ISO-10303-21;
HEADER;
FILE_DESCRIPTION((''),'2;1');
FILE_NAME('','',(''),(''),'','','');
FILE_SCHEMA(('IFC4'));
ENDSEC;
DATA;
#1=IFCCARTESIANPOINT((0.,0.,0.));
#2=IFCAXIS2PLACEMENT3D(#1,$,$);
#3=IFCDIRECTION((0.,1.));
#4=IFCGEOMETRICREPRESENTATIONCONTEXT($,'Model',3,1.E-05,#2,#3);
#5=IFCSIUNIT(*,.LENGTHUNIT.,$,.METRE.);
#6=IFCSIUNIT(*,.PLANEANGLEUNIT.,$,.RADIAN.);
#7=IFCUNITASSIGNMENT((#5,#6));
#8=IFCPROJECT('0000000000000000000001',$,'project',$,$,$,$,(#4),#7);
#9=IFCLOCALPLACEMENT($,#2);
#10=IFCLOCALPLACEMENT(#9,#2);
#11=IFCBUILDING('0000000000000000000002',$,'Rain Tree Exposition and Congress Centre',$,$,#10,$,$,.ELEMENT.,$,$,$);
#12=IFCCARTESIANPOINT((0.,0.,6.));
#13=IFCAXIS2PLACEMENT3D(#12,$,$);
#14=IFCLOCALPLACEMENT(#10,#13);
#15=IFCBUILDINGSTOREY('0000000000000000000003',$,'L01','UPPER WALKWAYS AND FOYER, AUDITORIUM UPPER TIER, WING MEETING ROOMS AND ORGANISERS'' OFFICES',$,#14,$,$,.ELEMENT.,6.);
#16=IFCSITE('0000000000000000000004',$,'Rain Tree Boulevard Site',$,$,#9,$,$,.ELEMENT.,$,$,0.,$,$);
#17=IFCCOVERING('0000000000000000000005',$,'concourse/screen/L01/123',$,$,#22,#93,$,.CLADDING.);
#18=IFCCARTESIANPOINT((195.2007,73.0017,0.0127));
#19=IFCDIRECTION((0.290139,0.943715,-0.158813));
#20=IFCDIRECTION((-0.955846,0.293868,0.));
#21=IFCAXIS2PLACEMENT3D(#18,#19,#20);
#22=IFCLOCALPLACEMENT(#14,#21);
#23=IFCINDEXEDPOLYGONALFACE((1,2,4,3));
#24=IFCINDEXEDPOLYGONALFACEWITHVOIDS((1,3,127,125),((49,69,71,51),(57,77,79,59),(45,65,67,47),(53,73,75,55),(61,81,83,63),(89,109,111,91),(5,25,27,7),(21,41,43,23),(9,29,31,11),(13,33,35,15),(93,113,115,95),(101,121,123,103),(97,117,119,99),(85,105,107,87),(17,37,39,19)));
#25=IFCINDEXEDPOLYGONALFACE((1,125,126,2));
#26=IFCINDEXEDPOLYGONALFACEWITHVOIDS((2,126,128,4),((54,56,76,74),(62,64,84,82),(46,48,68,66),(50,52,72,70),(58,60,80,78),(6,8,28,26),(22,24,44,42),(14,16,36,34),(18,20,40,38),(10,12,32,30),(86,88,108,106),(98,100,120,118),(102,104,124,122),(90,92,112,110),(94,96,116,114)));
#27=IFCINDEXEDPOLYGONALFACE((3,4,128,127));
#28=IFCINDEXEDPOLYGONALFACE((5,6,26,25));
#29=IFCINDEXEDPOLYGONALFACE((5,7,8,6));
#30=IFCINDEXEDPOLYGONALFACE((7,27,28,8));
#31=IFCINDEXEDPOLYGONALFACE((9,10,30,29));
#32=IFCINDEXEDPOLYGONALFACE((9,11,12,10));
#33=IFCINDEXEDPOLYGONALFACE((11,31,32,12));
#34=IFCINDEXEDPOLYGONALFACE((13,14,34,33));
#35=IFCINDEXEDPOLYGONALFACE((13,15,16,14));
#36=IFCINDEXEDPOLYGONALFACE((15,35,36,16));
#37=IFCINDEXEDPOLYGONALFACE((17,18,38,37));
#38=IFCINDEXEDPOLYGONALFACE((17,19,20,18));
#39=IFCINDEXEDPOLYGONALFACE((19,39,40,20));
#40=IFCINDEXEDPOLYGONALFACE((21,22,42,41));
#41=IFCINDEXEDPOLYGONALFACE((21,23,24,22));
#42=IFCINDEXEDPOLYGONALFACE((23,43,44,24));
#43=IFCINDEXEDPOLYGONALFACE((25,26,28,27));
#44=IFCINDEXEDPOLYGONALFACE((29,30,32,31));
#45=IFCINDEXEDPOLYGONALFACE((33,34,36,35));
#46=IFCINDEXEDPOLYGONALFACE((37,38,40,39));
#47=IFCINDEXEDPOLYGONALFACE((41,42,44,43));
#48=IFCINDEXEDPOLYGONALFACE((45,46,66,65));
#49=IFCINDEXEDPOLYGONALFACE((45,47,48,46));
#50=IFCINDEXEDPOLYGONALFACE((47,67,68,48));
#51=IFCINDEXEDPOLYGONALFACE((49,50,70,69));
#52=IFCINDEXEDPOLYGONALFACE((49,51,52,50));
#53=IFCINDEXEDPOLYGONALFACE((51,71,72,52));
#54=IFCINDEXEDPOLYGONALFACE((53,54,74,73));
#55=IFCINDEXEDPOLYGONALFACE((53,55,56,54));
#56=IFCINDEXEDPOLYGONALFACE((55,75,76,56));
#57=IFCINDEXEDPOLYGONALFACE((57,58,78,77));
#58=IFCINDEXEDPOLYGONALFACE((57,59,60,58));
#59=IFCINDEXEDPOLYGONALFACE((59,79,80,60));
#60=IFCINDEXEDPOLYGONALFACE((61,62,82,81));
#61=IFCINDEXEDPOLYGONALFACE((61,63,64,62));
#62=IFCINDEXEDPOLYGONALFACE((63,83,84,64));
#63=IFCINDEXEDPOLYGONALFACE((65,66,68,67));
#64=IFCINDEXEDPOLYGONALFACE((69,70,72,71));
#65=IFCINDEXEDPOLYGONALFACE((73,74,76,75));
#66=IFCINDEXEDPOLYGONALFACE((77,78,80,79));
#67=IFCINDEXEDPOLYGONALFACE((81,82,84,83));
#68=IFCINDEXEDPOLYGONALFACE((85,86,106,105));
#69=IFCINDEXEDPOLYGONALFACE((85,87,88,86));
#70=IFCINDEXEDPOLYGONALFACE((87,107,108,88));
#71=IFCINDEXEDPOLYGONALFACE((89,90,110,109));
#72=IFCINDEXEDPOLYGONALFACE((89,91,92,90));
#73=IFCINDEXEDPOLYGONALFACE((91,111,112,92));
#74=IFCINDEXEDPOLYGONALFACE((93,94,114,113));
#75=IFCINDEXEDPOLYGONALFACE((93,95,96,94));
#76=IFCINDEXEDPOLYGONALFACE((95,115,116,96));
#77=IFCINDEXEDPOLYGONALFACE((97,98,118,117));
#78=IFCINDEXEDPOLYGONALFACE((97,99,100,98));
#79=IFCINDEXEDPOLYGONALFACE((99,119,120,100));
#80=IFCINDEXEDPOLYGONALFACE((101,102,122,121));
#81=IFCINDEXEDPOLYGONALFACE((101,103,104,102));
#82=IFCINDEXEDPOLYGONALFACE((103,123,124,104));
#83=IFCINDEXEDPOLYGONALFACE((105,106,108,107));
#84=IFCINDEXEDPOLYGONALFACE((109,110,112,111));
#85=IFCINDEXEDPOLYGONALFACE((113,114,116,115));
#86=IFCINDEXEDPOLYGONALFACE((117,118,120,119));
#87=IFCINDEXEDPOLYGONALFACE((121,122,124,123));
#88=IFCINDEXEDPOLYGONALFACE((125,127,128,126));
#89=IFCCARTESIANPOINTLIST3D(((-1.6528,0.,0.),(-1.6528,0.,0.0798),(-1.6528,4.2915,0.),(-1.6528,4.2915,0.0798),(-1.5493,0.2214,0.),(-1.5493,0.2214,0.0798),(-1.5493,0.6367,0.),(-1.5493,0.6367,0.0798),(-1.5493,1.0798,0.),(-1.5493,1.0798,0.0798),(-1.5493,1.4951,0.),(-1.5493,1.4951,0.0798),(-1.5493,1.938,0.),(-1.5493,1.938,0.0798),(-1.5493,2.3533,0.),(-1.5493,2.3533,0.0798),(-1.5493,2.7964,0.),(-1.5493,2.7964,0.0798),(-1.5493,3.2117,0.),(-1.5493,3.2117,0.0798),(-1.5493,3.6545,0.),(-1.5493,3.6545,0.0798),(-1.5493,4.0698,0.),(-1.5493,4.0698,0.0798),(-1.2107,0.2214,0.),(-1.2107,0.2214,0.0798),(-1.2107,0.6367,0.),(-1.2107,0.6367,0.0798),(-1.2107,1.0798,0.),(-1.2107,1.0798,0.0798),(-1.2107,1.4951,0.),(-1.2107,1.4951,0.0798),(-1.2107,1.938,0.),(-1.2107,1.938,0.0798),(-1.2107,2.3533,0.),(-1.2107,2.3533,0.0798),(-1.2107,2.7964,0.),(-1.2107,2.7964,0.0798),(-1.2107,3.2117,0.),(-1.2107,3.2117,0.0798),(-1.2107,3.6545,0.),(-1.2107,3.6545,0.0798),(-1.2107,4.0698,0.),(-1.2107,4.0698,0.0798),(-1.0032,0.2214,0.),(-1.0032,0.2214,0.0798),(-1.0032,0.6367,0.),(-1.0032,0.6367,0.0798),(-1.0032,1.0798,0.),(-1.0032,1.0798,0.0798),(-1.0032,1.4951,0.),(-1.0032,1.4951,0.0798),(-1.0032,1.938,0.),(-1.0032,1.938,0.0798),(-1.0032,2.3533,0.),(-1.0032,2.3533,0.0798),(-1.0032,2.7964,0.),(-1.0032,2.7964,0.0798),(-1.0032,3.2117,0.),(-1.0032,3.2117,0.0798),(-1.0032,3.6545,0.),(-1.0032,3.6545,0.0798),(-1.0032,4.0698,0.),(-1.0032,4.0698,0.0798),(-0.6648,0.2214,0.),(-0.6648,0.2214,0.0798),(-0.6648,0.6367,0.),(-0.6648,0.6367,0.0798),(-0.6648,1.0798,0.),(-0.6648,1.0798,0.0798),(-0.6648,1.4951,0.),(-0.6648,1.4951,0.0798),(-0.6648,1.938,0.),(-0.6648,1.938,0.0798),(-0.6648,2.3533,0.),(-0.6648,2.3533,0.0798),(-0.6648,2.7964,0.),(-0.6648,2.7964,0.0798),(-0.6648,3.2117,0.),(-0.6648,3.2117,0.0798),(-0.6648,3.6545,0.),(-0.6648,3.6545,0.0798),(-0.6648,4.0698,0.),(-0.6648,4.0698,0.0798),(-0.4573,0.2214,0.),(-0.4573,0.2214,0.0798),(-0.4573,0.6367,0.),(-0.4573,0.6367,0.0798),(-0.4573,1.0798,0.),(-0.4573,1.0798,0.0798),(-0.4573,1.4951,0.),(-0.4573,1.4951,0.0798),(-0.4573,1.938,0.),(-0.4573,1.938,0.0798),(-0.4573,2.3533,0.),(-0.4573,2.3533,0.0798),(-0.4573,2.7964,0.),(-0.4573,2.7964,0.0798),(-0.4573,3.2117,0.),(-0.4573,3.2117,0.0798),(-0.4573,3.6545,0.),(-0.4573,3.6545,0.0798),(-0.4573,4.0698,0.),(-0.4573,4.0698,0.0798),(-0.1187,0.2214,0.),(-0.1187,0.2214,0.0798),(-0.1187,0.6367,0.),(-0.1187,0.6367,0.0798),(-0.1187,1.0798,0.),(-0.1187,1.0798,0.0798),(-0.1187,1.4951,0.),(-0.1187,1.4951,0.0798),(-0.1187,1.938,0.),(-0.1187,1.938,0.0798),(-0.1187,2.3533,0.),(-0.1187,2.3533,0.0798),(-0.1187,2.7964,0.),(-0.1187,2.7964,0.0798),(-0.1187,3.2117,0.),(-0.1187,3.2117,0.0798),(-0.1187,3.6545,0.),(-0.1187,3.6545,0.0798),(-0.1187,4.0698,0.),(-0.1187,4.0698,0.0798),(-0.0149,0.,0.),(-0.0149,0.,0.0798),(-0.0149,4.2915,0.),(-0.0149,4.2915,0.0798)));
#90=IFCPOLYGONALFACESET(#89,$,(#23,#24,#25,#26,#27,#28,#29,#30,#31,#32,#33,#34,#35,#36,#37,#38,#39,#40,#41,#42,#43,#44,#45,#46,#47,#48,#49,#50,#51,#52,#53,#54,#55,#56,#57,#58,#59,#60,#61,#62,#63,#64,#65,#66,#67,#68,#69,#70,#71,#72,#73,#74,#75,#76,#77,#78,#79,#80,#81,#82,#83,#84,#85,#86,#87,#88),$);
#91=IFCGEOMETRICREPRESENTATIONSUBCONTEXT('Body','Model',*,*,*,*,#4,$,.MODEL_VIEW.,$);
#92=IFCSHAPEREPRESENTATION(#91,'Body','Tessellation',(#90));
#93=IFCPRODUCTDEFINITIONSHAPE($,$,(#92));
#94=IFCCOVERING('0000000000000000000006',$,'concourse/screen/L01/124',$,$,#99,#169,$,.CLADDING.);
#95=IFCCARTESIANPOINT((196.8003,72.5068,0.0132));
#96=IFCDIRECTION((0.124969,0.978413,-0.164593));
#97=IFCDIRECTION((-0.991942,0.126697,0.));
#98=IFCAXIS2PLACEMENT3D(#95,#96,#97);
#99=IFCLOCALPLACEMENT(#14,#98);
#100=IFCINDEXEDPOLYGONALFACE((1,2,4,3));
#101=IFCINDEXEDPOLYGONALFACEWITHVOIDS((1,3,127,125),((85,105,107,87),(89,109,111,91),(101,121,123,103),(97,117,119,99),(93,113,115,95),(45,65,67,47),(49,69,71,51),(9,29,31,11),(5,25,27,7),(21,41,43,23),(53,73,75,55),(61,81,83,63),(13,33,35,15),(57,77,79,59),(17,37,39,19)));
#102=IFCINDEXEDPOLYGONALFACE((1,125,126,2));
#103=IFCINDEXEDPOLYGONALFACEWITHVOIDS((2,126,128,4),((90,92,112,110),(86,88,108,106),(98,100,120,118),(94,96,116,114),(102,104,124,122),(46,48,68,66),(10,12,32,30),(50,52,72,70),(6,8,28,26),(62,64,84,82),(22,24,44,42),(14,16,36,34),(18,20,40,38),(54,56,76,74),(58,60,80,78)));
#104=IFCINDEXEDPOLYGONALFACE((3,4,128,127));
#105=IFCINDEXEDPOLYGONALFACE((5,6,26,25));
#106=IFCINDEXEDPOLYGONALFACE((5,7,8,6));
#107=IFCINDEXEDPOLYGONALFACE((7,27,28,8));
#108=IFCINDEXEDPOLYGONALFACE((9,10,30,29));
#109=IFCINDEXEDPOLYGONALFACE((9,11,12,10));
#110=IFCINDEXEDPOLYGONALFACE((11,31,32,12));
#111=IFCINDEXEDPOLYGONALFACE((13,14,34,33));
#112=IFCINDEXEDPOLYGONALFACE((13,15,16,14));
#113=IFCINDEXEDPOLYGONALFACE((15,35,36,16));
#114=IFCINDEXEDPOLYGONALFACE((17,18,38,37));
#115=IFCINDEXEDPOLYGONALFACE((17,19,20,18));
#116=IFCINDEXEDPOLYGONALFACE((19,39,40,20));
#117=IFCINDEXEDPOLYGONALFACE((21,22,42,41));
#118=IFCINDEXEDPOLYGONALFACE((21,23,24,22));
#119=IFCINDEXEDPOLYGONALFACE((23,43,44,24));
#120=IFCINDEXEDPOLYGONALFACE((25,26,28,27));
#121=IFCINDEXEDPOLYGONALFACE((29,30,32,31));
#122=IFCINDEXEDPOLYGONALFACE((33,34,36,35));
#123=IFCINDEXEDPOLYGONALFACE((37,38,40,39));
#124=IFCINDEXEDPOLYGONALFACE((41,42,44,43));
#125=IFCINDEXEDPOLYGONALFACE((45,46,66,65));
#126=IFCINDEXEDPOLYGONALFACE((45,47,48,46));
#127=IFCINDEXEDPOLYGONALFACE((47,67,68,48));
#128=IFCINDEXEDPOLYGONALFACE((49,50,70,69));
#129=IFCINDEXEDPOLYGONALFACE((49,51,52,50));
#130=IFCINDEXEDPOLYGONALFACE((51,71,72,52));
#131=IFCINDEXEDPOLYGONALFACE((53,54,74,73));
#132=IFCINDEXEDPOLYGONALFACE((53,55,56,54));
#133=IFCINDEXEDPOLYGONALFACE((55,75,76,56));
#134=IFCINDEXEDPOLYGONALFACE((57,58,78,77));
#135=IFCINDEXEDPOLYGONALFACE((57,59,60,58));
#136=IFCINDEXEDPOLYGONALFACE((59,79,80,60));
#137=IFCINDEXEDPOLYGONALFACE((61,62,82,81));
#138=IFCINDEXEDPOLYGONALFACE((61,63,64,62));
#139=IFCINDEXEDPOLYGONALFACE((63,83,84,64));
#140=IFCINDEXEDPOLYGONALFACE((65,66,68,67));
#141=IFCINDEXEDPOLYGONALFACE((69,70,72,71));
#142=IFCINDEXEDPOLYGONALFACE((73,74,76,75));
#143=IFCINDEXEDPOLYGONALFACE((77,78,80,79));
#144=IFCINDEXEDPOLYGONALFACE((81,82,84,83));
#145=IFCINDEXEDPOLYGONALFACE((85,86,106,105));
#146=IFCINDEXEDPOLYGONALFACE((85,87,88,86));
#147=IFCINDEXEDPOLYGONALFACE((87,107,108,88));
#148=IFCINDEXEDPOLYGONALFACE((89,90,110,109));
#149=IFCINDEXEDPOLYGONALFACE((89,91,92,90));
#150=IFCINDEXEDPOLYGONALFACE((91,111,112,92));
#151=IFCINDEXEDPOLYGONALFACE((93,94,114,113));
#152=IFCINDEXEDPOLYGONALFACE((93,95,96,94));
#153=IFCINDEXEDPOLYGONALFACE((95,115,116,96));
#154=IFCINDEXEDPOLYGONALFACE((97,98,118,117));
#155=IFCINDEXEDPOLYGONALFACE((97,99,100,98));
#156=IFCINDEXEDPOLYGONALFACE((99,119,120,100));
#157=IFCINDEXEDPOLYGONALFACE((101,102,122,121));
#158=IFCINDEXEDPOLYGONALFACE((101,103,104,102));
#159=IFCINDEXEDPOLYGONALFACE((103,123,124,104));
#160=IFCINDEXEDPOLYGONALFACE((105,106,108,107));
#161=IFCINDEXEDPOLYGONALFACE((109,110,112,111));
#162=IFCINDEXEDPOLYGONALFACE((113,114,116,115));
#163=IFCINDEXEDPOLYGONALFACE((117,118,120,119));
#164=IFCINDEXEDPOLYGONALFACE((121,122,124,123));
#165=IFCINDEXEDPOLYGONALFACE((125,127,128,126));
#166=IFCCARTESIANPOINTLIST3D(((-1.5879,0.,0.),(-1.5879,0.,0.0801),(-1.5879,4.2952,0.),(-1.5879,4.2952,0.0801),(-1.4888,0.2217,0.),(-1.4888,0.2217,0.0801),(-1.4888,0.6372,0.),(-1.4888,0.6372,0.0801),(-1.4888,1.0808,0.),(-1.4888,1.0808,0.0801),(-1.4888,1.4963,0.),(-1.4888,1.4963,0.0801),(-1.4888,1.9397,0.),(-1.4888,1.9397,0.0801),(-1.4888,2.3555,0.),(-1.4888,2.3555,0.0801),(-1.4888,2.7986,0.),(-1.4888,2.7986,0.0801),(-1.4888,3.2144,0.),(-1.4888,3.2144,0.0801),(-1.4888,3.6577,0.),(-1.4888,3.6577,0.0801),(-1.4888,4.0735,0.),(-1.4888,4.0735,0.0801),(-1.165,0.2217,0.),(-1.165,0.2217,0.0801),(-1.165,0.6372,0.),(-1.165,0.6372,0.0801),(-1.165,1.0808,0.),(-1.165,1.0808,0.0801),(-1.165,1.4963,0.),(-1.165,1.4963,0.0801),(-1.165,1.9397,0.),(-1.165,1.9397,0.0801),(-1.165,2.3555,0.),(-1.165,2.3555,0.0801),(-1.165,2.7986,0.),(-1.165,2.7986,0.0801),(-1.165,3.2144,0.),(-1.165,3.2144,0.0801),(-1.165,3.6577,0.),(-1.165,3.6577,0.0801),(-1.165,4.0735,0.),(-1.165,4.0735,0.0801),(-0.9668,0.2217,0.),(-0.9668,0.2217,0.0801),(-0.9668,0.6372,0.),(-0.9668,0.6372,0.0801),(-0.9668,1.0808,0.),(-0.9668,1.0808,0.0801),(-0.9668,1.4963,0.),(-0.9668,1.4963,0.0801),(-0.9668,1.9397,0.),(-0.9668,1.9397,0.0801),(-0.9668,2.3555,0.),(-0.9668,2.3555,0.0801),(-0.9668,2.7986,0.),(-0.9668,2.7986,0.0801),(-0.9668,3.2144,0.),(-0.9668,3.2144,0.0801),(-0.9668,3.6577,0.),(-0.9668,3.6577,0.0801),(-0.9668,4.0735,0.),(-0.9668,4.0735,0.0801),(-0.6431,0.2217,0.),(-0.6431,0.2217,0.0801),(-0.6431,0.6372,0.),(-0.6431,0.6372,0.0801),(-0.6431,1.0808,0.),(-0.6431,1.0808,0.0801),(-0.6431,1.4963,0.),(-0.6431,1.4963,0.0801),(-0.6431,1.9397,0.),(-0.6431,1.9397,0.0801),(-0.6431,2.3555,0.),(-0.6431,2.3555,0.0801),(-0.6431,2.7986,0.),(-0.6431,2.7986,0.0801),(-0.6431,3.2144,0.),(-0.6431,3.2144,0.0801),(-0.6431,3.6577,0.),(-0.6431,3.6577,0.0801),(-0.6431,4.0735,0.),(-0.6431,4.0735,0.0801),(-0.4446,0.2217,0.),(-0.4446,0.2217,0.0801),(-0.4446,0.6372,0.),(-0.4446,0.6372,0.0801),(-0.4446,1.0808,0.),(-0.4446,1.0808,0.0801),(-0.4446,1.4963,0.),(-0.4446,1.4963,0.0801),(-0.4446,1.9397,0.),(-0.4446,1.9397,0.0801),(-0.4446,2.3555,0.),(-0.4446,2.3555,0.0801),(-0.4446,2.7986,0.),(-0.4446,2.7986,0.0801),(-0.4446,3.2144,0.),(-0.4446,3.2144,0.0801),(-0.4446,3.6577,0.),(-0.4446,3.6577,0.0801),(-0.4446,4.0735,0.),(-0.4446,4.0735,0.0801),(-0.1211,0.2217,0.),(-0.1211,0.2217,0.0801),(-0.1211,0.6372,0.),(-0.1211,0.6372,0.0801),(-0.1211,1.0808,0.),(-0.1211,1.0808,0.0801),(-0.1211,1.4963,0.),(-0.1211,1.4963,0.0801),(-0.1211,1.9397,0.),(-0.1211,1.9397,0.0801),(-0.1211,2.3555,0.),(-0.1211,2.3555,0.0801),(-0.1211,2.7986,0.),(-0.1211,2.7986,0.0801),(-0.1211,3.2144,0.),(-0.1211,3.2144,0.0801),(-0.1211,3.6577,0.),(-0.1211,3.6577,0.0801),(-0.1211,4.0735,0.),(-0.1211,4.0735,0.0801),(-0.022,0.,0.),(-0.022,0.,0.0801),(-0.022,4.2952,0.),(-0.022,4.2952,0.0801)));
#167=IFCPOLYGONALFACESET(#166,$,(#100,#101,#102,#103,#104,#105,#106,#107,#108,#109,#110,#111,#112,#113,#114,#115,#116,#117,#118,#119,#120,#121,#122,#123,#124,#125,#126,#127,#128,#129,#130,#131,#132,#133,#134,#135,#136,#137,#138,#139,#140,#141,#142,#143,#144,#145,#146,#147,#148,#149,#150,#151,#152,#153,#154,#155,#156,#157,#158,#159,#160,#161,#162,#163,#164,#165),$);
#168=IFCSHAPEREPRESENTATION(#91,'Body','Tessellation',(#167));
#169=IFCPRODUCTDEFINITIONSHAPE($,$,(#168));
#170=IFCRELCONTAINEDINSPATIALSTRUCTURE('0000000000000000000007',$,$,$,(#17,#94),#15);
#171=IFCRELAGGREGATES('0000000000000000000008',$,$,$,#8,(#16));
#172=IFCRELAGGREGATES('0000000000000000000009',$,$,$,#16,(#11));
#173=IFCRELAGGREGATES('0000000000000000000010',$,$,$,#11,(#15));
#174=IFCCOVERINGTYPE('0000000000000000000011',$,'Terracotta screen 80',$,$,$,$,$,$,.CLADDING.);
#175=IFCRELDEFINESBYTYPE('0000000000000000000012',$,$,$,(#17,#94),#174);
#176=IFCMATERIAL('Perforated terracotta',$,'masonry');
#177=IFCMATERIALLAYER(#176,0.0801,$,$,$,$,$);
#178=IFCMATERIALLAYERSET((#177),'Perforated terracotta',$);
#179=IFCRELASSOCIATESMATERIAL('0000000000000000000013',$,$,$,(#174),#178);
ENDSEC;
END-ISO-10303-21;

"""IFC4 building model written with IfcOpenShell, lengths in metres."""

from ifc_helpers import new_model, si_unit, direction, frame, origin, place, context, subcontext, project, spatial, polyline, outline, extrude, material, layer, layer_set, type_object, element, save


model = new_model("IFC4")

# Units and contexts
model_context = context("Model", 3, precision=1e-05, world=origin(), true_north=direction((0.0, 1.0)))
body_context = subcontext(model_context, "Body", "Model", "MODEL_VIEW")
ifc_project = project(units=[si_unit("LENGTHUNIT", "METRE"), si_unit("PLANEANGLEUNIT", "RADIAN")], contexts=[model_context])

# Site, building, storey
site_placement = place(None, origin())
site = spatial("IfcSite", under=ifc_project, at=site_placement, Name="Rain Tree Boulevard Site", CompositionType="ELEMENT", RefElevation=0.0)
building_placement = place(site_placement, origin())
building = spatial("IfcBuilding", under=site, at=building_placement, Name="Rain Tree Exposition and Congress Centre", CompositionType="ELEMENT")
storey_placement = place(building_placement, frame((0.0, 0.0, 6.0)))
storey = spatial("IfcBuildingStorey", under=building, at=storey_placement, Name="L01", Description="UPPER WALKWAYS AND FOYER, AUDITORIUM UPPER TIER, WING MEETING ROOMS AND ORGANISERS' OFFICES", CompositionType="ELEMENT", Elevation=6.0)

# Coverings
ifc_material_1 = material(Name="Perforated terracotta", Category="masonry")
ifc_layer_1 = layer(ifc_material_1, 0.0801)
ifc_layer_set_1 = layer_set([ifc_layer_1], Name="Perforated terracotta")
covering_type = type_object("IfcCoveringType", Name="Terracotta screen 80", PredefinedType="CLADDING", material=ifc_layer_set_1)
covering_1_placement = place(storey_placement, frame((195.2007, 73.0017, 0.0127), z_axis=(0.290139, 0.943715, -0.158813), x_axis=(-0.955846, 0.293868, 0.0)))
element("IfcCovering", 1, at=covering_1_placement, inside=storey, type_object=covering_type, Name="concourse/screen/L01/123", PredefinedType="CLADDING", context=body_context, shape_type="SweptSolid", body=[
    extrude(outline(polyline([(-1.6528, 0.0), (-1.6528, 4.2915), (-0.0149, 4.2915), (-0.0149, 0.0), (-1.6528, 0.0)]), holes=[polyline([(-0.1187, 0.2214), (-0.1187, 0.6367), (-0.4573, 0.6367), (-0.4573, 0.2214), (-0.1187, 0.2214)]), polyline([(-0.1187, 1.0798), (-0.1187, 1.4951), (-0.4573, 1.4951), (-0.4573, 1.0798), (-0.1187, 1.0798)]), polyline([(-0.1187, 1.938), (-0.1187, 2.3533), (-0.4573, 2.3533), (-0.4573, 1.938), (-0.1187, 1.938)]), polyline([(-0.1187, 2.7964), (-0.1187, 3.2117), (-0.4573, 3.2117), (-0.4573, 2.7964), (-0.1187, 2.7964)]), polyline([(-0.1187, 3.6545), (-0.1187, 4.0698), (-0.4573, 4.0698), (-0.4573, 3.6545), (-0.1187, 3.6545)]), polyline([(-0.6648, 0.2214), (-0.6648, 0.6367), (-1.0032, 0.6367), (-1.0032, 0.2214), (-0.6648, 0.2214)]), polyline([(-0.6648, 1.0798), (-0.6648, 1.4951), (-1.0032, 1.4951), (-1.0032, 1.0798), (-0.6648, 1.0798)]), polyline([(-0.6648, 1.938), (-0.6648, 2.3533), (-1.0032, 2.3533), (-1.0032, 1.938), (-0.6648, 1.938)]), polyline([(-0.6648, 2.7964), (-0.6648, 3.2117), (-1.0032, 3.2117), (-1.0032, 2.7964), (-0.6648, 2.7964)]), polyline([(-0.6648, 3.6545), (-0.6648, 4.0698), (-1.0032, 4.0698), (-1.0032, 3.6545), (-0.6648, 3.6545)]), polyline([(-1.2107, 0.2214), (-1.2107, 0.6367), (-1.5493, 0.6367), (-1.5493, 0.2214), (-1.2107, 0.2214)]), polyline([(-1.2107, 1.0798), (-1.2107, 1.4951), (-1.5493, 1.4951), (-1.5493, 1.0798), (-1.2107, 1.0798)]), polyline([(-1.2107, 1.938), (-1.2107, 2.3533), (-1.5493, 2.3533), (-1.5493, 1.938), (-1.2107, 1.938)]), polyline([(-1.2107, 2.7964), (-1.2107, 3.2117), (-1.5493, 3.2117), (-1.5493, 2.7964), (-1.2107, 2.7964)]), polyline([(-1.2107, 3.6545), (-1.2107, 4.0698), (-1.5493, 4.0698), (-1.5493, 3.6545), (-1.2107, 3.6545)])]), origin(), (0.0, 0.0, 1.0), 0.0798),
])
covering_2_placement = place(storey_placement, frame((196.8003, 72.5068, 0.0132), z_axis=(0.124969, 0.978413, -0.164593), x_axis=(-0.991942, 0.126697, 0.0)))
element("IfcCovering", 2, at=covering_2_placement, inside=storey, type_object=covering_type, Name="concourse/screen/L01/124", PredefinedType="CLADDING", context=body_context, shape_type="SweptSolid", body=[
    extrude(outline(polyline([(-1.5879, 0.0), (-1.5879, 4.2952), (-0.022, 4.2952), (-0.022, 0.0), (-1.5879, 0.0)]), holes=[polyline([(-0.1211, 0.2217), (-0.1211, 0.6372), (-0.4446, 0.6372), (-0.4446, 0.2217), (-0.1211, 0.2217)]), polyline([(-0.1211, 1.0808), (-0.1211, 1.4963), (-0.4446, 1.4963), (-0.4446, 1.0808), (-0.1211, 1.0808)]), polyline([(-0.1211, 1.9397), (-0.1211, 2.3555), (-0.4446, 2.3555), (-0.4446, 1.9397), (-0.1211, 1.9397)]), polyline([(-0.1211, 2.7986), (-0.1211, 3.2144), (-0.4446, 3.2144), (-0.4446, 2.7986), (-0.1211, 2.7986)]), polyline([(-0.1211, 3.6577), (-0.1211, 4.0735), (-0.4446, 4.0735), (-0.4446, 3.6577), (-0.1211, 3.6577)]), polyline([(-0.6431, 0.2217), (-0.6431, 0.6372), (-0.9668, 0.6372), (-0.9668, 0.2217), (-0.6431, 0.2217)]), polyline([(-0.6431, 1.0808), (-0.6431, 1.4963), (-0.9668, 1.4963), (-0.9668, 1.0808), (-0.6431, 1.0808)]), polyline([(-0.6431, 1.9397), (-0.6431, 2.3555), (-0.9668, 2.3555), (-0.9668, 1.9397), (-0.6431, 1.9397)]), polyline([(-0.6431, 2.7986), (-0.6431, 3.2144), (-0.9668, 3.2144), (-0.9668, 2.7986), (-0.6431, 2.7986)]), polyline([(-0.6431, 3.6577), (-0.6431, 4.0735), (-0.9668, 4.0735), (-0.9668, 3.6577), (-0.6431, 3.6577)]), polyline([(-1.165, 0.2217), (-1.165, 0.6372), (-1.4888, 0.6372), (-1.4888, 0.2217), (-1.165, 0.2217)]), polyline([(-1.165, 1.0808), (-1.165, 1.4963), (-1.4888, 1.4963), (-1.4888, 1.0808), (-1.165, 1.0808)]), polyline([(-1.165, 1.9397), (-1.165, 2.3555), (-1.4888, 2.3555), (-1.4888, 1.9397), (-1.165, 1.9397)]), polyline([(-1.165, 2.7986), (-1.165, 3.2144), (-1.4888, 3.2144), (-1.4888, 2.7986), (-1.165, 2.7986)]), polyline([(-1.165, 3.6577), (-1.165, 4.0735), (-1.4888, 4.0735), (-1.4888, 3.6577), (-1.165, 3.6577)])]), origin(), (0.0, 0.0, 1.0), 0.0801),
])

save(model, "model.ifc")
